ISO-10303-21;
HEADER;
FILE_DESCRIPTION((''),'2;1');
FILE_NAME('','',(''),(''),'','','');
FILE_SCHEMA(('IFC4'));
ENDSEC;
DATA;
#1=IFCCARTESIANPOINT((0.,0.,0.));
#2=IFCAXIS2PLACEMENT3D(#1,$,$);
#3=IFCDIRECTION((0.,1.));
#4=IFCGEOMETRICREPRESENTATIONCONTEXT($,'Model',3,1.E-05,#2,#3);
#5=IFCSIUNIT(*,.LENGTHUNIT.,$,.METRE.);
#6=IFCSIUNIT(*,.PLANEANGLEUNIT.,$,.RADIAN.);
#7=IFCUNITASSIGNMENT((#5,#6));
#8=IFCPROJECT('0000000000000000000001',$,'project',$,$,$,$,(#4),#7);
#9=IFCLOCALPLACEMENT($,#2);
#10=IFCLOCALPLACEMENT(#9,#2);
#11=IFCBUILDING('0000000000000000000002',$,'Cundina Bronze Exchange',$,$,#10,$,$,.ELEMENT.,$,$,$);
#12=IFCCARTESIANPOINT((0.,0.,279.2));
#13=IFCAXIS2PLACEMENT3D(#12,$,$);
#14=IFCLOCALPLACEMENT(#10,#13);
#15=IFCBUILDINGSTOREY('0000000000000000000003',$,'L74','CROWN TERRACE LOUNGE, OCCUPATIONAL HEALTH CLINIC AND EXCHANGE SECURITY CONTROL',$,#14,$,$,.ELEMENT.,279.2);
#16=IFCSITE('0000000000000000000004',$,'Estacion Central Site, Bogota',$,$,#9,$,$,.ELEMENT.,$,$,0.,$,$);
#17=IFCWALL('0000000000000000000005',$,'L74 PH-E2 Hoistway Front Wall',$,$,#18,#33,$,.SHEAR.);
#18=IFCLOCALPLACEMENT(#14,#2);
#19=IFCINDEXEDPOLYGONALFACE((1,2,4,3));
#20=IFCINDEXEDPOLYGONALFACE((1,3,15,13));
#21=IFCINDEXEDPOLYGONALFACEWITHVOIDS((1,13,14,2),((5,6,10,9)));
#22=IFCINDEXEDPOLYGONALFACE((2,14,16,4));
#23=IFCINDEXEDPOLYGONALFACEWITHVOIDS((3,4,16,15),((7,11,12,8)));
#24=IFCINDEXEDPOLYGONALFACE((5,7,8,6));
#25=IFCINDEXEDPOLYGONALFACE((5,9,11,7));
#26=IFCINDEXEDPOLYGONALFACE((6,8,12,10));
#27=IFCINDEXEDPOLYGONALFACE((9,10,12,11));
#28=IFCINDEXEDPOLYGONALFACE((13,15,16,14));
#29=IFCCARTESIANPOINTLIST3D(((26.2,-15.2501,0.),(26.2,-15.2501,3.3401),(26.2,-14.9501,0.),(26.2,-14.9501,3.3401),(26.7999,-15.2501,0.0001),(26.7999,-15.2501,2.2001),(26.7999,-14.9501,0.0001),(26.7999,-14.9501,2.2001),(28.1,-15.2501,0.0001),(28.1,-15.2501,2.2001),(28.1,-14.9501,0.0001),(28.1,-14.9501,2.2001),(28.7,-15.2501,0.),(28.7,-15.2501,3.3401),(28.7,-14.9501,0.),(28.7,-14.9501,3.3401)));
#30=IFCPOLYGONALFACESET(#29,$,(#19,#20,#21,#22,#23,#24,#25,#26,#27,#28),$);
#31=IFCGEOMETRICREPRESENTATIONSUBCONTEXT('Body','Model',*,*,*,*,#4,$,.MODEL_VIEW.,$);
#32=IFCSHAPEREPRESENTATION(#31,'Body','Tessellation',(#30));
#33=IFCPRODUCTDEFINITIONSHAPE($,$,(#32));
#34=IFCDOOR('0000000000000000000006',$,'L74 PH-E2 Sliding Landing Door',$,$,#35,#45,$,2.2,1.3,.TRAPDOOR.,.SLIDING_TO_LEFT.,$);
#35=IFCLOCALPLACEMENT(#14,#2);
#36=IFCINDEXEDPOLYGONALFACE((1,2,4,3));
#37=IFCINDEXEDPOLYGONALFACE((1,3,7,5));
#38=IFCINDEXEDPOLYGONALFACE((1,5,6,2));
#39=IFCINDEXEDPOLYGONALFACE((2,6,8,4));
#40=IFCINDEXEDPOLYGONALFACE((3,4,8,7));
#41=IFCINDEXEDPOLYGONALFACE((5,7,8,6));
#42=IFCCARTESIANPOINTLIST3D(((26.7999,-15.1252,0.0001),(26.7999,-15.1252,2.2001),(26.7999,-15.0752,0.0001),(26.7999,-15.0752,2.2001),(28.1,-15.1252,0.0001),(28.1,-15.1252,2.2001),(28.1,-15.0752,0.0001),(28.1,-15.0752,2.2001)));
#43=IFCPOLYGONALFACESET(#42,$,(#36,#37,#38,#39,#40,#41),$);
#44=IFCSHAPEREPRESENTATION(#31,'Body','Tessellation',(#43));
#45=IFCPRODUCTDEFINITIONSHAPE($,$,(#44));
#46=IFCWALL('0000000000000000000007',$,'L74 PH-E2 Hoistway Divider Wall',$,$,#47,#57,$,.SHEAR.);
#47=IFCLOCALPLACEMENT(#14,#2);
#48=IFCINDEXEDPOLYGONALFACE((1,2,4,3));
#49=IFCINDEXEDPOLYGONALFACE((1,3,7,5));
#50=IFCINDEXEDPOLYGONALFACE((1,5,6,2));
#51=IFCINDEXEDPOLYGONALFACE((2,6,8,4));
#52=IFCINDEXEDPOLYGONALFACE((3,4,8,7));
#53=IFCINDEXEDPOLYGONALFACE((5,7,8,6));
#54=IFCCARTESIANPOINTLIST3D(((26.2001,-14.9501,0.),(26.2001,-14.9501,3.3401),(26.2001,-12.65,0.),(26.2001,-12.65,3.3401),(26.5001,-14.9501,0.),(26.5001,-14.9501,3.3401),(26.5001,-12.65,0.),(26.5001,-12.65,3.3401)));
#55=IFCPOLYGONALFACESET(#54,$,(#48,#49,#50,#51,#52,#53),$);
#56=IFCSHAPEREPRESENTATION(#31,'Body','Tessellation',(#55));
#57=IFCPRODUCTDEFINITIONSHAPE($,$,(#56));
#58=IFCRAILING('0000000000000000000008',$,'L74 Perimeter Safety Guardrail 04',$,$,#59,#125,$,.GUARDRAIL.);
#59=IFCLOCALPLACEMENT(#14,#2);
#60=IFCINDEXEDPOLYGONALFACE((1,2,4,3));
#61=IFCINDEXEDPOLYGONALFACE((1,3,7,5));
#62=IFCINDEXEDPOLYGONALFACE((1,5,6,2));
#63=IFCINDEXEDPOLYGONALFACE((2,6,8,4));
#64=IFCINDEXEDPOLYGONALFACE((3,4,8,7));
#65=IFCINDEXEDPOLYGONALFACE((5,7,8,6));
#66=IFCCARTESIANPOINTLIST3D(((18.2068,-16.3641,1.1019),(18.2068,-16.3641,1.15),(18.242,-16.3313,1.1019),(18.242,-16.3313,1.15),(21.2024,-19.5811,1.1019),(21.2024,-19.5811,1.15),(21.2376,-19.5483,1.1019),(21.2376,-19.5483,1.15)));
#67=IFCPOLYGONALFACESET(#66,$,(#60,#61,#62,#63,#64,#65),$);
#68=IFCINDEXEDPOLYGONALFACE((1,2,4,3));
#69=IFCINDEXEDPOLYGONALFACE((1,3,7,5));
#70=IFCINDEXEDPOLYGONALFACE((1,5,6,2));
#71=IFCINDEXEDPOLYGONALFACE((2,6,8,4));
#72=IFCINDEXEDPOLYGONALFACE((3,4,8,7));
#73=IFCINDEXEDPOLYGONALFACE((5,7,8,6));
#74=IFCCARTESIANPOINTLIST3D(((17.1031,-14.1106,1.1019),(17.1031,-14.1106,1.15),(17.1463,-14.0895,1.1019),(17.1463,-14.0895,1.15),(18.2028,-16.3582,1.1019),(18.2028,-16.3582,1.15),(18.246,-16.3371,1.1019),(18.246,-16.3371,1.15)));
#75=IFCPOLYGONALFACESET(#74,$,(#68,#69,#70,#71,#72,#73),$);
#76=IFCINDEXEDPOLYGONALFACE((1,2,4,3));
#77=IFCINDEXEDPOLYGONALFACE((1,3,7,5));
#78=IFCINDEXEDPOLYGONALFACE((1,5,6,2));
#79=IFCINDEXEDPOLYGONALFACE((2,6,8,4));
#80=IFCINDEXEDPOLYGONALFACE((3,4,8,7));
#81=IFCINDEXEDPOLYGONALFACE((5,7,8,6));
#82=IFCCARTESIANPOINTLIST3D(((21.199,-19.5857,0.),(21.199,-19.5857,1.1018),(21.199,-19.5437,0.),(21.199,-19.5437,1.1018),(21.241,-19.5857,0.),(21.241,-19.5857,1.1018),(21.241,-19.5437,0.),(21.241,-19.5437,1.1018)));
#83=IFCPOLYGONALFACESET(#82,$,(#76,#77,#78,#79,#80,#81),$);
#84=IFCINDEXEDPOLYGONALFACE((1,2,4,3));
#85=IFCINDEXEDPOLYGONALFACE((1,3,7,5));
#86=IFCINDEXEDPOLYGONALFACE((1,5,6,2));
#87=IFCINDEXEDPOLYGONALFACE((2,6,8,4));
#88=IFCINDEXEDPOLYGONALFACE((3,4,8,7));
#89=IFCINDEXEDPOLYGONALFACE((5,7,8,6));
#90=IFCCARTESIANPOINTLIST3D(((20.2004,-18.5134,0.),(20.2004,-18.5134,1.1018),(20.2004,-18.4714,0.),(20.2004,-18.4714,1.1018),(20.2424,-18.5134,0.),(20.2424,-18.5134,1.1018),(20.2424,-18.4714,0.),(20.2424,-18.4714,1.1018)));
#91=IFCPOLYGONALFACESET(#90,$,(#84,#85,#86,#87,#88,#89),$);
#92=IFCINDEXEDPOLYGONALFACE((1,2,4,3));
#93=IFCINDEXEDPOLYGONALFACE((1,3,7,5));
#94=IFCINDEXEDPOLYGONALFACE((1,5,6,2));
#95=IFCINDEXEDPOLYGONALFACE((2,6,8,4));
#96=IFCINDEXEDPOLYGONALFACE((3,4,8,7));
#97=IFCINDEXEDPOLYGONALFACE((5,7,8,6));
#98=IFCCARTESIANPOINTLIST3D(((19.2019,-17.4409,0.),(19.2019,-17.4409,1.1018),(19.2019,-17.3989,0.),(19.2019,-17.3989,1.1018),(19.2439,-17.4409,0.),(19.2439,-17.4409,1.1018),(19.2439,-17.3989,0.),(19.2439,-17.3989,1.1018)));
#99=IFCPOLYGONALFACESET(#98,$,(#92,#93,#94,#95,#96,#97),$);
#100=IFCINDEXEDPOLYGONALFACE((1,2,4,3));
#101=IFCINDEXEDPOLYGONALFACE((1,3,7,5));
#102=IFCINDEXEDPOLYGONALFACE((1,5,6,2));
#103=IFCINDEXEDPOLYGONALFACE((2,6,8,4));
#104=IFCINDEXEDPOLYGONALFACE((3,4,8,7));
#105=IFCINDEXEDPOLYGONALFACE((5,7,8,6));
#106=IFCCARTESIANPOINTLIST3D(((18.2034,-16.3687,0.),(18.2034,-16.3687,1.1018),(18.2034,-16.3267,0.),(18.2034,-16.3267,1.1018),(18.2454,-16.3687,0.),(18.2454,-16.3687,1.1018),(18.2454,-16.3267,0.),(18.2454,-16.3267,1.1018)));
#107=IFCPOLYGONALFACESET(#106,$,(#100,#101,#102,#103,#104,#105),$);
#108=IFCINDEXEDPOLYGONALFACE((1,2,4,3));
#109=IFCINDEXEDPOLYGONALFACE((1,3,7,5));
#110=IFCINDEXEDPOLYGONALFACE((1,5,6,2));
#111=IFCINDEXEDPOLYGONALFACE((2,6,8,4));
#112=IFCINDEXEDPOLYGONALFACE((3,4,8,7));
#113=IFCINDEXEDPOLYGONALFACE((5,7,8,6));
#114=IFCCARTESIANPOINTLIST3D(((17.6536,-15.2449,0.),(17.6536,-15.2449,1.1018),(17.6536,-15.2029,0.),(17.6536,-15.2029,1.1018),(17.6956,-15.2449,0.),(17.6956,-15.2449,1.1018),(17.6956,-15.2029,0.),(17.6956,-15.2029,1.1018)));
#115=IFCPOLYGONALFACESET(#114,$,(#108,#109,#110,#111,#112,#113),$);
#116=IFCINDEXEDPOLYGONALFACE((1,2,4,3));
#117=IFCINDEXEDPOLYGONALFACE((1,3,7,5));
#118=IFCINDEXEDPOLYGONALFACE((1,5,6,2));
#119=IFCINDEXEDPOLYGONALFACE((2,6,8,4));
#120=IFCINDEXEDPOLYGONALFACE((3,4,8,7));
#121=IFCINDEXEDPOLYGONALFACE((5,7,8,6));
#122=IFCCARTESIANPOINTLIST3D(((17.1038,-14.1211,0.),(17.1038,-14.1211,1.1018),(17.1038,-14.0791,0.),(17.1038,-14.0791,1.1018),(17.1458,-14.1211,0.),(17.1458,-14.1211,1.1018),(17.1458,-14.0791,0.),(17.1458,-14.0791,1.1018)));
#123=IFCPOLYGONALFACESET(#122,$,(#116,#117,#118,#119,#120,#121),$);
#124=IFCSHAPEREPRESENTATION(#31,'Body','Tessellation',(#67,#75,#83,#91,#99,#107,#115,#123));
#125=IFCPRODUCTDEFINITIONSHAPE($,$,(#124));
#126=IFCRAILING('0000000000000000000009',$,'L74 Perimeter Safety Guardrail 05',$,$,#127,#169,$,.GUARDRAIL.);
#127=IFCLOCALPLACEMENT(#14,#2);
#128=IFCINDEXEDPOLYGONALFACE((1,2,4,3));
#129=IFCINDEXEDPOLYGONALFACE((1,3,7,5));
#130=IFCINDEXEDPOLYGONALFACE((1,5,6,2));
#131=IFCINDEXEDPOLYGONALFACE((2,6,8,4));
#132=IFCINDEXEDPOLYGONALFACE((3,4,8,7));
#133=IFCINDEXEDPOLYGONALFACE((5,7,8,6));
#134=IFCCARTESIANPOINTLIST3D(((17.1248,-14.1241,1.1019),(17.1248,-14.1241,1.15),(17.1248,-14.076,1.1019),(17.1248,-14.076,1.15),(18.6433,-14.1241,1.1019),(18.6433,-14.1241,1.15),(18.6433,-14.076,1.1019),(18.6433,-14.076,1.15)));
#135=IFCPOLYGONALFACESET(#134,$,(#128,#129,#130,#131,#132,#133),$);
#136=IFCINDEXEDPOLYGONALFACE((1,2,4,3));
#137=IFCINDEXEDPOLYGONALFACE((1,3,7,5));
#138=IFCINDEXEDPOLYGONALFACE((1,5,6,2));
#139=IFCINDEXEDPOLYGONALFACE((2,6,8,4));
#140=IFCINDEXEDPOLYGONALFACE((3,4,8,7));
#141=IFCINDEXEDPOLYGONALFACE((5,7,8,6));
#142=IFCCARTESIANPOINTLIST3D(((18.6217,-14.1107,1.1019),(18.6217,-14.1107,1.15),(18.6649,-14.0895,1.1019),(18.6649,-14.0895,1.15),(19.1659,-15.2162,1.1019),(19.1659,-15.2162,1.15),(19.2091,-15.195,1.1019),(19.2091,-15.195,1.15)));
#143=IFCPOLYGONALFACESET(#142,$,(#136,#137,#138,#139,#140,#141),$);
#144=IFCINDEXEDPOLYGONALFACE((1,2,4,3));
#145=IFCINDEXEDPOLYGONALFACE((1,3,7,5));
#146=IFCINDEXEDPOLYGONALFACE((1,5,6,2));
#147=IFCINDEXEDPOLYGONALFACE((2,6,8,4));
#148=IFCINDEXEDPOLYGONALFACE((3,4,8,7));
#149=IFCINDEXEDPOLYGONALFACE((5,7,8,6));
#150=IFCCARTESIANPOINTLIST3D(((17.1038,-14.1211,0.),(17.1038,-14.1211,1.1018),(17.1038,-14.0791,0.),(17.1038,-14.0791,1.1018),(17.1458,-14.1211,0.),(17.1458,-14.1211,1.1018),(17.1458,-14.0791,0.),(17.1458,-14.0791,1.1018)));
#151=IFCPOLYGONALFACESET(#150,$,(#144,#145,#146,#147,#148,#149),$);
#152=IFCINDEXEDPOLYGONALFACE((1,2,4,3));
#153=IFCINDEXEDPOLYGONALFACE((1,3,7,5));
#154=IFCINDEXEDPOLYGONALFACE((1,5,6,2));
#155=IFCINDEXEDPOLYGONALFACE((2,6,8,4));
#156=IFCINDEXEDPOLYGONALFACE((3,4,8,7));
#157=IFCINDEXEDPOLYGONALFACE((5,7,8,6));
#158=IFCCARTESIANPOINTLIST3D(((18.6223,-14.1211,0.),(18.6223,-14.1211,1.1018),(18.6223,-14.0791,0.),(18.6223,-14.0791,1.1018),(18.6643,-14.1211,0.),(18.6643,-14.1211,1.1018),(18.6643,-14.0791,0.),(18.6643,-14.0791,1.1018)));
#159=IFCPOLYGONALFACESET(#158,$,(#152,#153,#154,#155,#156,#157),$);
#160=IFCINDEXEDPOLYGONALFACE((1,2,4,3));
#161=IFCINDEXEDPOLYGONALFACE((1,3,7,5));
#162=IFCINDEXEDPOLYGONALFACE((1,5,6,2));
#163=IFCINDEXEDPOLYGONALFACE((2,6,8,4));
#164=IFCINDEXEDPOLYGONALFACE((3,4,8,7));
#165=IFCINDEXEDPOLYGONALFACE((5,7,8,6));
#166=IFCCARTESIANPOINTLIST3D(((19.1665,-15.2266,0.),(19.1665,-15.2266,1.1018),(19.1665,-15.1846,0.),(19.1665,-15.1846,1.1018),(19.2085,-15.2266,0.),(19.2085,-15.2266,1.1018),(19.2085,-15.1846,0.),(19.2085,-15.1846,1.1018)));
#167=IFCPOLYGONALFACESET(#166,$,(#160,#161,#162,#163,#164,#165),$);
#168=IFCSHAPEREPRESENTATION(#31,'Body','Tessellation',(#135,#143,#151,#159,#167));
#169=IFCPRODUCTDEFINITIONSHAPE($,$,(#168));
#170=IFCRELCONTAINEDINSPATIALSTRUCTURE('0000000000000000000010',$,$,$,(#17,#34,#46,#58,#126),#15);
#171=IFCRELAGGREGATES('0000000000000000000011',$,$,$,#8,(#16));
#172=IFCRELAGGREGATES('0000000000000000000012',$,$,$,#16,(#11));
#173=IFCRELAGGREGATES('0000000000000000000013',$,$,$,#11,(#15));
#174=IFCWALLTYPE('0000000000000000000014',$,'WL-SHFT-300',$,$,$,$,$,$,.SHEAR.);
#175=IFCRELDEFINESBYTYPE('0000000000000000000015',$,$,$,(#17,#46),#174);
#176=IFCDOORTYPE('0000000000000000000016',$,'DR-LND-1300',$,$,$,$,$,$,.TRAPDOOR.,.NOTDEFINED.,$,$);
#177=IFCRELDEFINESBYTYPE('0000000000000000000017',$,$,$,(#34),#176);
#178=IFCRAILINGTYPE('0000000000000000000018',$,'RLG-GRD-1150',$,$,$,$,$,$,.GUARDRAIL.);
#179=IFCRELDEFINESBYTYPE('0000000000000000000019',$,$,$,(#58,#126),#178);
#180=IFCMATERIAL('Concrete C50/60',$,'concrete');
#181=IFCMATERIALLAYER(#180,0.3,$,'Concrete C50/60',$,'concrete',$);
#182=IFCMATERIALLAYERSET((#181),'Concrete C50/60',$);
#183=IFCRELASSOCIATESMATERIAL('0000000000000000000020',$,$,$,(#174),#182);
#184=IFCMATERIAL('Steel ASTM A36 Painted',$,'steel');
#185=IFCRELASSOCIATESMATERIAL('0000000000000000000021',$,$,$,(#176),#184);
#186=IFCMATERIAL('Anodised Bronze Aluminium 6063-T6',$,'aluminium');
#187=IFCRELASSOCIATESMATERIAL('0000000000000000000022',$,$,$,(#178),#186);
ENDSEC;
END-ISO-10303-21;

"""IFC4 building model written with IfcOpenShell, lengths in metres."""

from ifc_helpers import new_model, si_unit, direction, frame, frame_2d, origin, origin_2d, place, context, subcontext, project, spatial, rectangle, extrude, material, layer, layer_set, type_object, element, fill, save


model = new_model("IFC4")

# Units and contexts
model_context = context("Model", 3, precision=1e-05, world=origin(), true_north=direction((0.0, 1.0)))
body_context = subcontext(model_context, "Body", "Model", "MODEL_VIEW")
ifc_project = project(units=[si_unit("LENGTHUNIT", "METRE"), si_unit("PLANEANGLEUNIT", "RADIAN")], contexts=[model_context])

# Site, building, storey
site_placement = place(None, origin())
site = spatial("IfcSite", under=ifc_project, at=site_placement, Name="Estacion Central Site, Bogota", CompositionType="ELEMENT", RefElevation=0.0)
building_placement = place(site_placement, origin())
building = spatial("IfcBuilding", under=site, at=building_placement, Name="Cundina Bronze Exchange", CompositionType="ELEMENT")
storey_placement = place(building_placement, frame((0.0, 0.0, 279.2)))
storey = spatial("IfcBuildingStorey", under=building, at=storey_placement, Name="L74", Description="CROWN TERRACE LOUNGE, OCCUPATIONAL HEALTH CLINIC AND EXCHANGE SECURITY CONTROL", CompositionType="ELEMENT", Elevation=279.2)

# Shared definitions
ifc_material_1 = material(Name="Anodised Bronze Aluminium 6063-T6", Category="aluminium")

# Shared definitions
ifc_material_2 = material(Name="Concrete C50/60", Category="concrete")
ifc_layer_1 = layer(ifc_material_2, 0.3, Name="Concrete C50/60", Category="concrete")
ifc_layer_set_1 = layer_set([ifc_layer_1], Name="Concrete C50/60")
wall_type_1 = type_object("IfcWallType", Name="WL-SHFT-300", PredefinedType="SHEAR", material=ifc_layer_set_1)

# Shared definitions
ifc_material_3 = material(Name="Steel ASTM A36 Painted", Category="steel")
door_type_1 = type_object("IfcDoorType", Name="DR-LND-1300", OperationType="NOTDEFINED", PredefinedType="TRAPDOOR", material=ifc_material_3)

# Wall, opening, door
wall_1_placement = place(storey_placement, frame((26.2, -15.1001, 0.0), z_axis=(0.0, 0.0, 1.0), x_axis=(1.0, 0.0, 0.0)))
wall_1 = element("IfcWall", 1, at=wall_1_placement, inside=storey, type_object=wall_type_1, Name="L74 PH-E2 Hoistway Front Wall", PredefinedType="SHEAR", context=body_context, shape_type="SweptSolid", body=[
    extrude(rectangle(XDim=2.5, YDim=0.3, at=frame_2d((1.25, 0.0))), origin(), (0.0, 0.0, 1.0), 3.3401),
])
opening_1_placement = place(wall_1_placement, frame((0.6001, 0.0, 0.0)))
opening_1 = element("IfcOpeningElement", 2, at=opening_1_placement, cuts=wall_1, PredefinedType="OPENING", context=body_context, shape_type="SweptSolid", body=[
    extrude(rectangle(XDim=1.3, YDim=2.2, at=frame_2d((0.6499, 1.1001))), frame((0.0, 0.1599, 0.0), z_axis=(0.0, -1.0, 0.0), x_axis=(1.0, 0.0, 0.0)), (0.0, 0.0, 1.0), 0.3201),
])
door_1_placement = place(opening_1_placement, origin())
door_1 = element("IfcDoor", 3, at=door_1_placement, inside=storey, type_object=door_type_1, Name="L74 PH-E2 Sliding Landing Door", OperationType="SLIDING_TO_LEFT", OverallHeight=2.2, OverallWidth=1.3, PredefinedType="TRAPDOOR", context=body_context, shape_type="SweptSolid", body=[
    extrude(rectangle(XDim=1.3, YDim=2.2, at=frame_2d((0.6499, 1.1001))), frame((0.0, 0.0249, 0.0), z_axis=(0.0, -1.0, 0.0), x_axis=(1.0, 0.0, 0.0)), (0.0, 0.0, 1.0), 0.05),
])
fill(opening_1, door_1)

# Wall
wall_2_placement = place(storey_placement, frame((26.3501, -14.95, 0.0), z_axis=(0.0, 0.0, 1.0), x_axis=(0.0, 1.0, 0.0)))
element("IfcWall", 4, at=wall_2_placement, inside=storey, type_object=wall_type_1, Name="L74 PH-E2 Hoistway Divider Wall", PredefinedType="SHEAR", context=body_context, shape_type="SweptSolid", body=[
    extrude(rectangle(XDim=2.3, YDim=0.3, at=frame_2d((1.1499, 0.0))), origin(), (0.0, 0.0, 1.0), 3.3401),
])

# Railings
railing_type = type_object("IfcRailingType", Name="RLG-GRD-1150", PredefinedType="GUARDRAIL", material=ifc_material_1)
railing_1_placement = place(storey_placement, frame((21.22, -19.5647, 0.0)))
element("IfcRailing", 5, at=railing_1_placement, inside=storey, type_object=railing_type, Name="L74 Perimeter Safety Guardrail 04", PredefinedType="GUARDRAIL", context=body_context, shape_type="SweptSolid", body=[
    extrude(rectangle(XDim=0.0481, YDim=0.0481, at=origin_2d()), frame((0.0, 0.0, 1.126), z_axis=(-0.681471, 0.731845, 0.0), x_axis=(-0.731845, -0.681471, 0.0)), (0.0, 0.0, 1.0), 4.3958),
    extrude(rectangle(XDim=0.0481, YDim=0.0481, at=origin_2d()), frame((-2.9956, 3.217, 1.126), z_axis=(-0.439469, 0.898258, 0.0), x_axis=(-0.898258, -0.439469, 0.0)), (0.0, 0.0, 1.0), 2.5022),
    extrude(rectangle(XDim=0.042, YDim=0.042, at=origin_2d()), origin(), (0.0, 0.0, 1.0), 1.1018),
    extrude(rectangle(XDim=0.042, YDim=0.042, at=origin_2d()), frame((-0.9985, 1.0723, 0.0)), (0.0, 0.0, 1.0), 1.1018),
    extrude(rectangle(XDim=0.042, YDim=0.042, at=origin_2d()), frame((-1.9971, 2.1448, 0.0)), (0.0, 0.0, 1.0), 1.1018),
    extrude(rectangle(XDim=0.042, YDim=0.042, at=origin_2d()), frame((-2.9956, 3.217, 0.0)), (0.0, 0.0, 1.0), 1.1018),
    extrude(rectangle(XDim=0.042, YDim=0.042, at=origin_2d()), frame((-3.5454, 4.3408, 0.0)), (0.0, 0.0, 1.0), 1.1018),
    extrude(rectangle(XDim=0.042, YDim=0.042, at=origin_2d()), frame((-4.0952, 5.4646, 0.0)), (0.0, 0.0, 1.0), 1.1018),
])
railing_2_placement = place(storey_placement, frame((17.1248, -14.1001, 0.0)))
element("IfcRailing", 6, at=railing_2_placement, inside=storey, type_object=railing_type, Name="L74 Perimeter Safety Guardrail 05", PredefinedType="GUARDRAIL", context=body_context, shape_type="SweptSolid", body=[
    extrude(rectangle(XDim=0.0481, YDim=0.0481, at=origin_2d()), frame((0.0, 0.0, 1.126), z_axis=(1.0, 0.0, 0.0), x_axis=(0.0, 1.0, 0.0)), (0.0, 0.0, 1.0), 1.5186),
    extrude(rectangle(XDim=0.0481, YDim=0.0481, at=origin_2d()), frame((1.5186, 0.0, 1.126), z_axis=(0.441657, -0.897184, 0.0), x_axis=(0.897184, 0.441657, 0.0)), (0.0, 0.0, 1.0), 1.2322),
    extrude(rectangle(XDim=0.042, YDim=0.042, at=origin_2d()), origin(), (0.0, 0.0, 1.0), 1.1018),
    extrude(rectangle(XDim=0.042, YDim=0.042, at=origin_2d()), frame((1.5186, 0.0, 0.0)), (0.0, 0.0, 1.0), 1.1018),
    extrude(rectangle(XDim=0.042, YDim=0.042, at=origin_2d()), frame((2.0627, -1.1055, 0.0)), (0.0, 0.0, 1.0), 1.1018),
])

save(model, "model.ifc")
